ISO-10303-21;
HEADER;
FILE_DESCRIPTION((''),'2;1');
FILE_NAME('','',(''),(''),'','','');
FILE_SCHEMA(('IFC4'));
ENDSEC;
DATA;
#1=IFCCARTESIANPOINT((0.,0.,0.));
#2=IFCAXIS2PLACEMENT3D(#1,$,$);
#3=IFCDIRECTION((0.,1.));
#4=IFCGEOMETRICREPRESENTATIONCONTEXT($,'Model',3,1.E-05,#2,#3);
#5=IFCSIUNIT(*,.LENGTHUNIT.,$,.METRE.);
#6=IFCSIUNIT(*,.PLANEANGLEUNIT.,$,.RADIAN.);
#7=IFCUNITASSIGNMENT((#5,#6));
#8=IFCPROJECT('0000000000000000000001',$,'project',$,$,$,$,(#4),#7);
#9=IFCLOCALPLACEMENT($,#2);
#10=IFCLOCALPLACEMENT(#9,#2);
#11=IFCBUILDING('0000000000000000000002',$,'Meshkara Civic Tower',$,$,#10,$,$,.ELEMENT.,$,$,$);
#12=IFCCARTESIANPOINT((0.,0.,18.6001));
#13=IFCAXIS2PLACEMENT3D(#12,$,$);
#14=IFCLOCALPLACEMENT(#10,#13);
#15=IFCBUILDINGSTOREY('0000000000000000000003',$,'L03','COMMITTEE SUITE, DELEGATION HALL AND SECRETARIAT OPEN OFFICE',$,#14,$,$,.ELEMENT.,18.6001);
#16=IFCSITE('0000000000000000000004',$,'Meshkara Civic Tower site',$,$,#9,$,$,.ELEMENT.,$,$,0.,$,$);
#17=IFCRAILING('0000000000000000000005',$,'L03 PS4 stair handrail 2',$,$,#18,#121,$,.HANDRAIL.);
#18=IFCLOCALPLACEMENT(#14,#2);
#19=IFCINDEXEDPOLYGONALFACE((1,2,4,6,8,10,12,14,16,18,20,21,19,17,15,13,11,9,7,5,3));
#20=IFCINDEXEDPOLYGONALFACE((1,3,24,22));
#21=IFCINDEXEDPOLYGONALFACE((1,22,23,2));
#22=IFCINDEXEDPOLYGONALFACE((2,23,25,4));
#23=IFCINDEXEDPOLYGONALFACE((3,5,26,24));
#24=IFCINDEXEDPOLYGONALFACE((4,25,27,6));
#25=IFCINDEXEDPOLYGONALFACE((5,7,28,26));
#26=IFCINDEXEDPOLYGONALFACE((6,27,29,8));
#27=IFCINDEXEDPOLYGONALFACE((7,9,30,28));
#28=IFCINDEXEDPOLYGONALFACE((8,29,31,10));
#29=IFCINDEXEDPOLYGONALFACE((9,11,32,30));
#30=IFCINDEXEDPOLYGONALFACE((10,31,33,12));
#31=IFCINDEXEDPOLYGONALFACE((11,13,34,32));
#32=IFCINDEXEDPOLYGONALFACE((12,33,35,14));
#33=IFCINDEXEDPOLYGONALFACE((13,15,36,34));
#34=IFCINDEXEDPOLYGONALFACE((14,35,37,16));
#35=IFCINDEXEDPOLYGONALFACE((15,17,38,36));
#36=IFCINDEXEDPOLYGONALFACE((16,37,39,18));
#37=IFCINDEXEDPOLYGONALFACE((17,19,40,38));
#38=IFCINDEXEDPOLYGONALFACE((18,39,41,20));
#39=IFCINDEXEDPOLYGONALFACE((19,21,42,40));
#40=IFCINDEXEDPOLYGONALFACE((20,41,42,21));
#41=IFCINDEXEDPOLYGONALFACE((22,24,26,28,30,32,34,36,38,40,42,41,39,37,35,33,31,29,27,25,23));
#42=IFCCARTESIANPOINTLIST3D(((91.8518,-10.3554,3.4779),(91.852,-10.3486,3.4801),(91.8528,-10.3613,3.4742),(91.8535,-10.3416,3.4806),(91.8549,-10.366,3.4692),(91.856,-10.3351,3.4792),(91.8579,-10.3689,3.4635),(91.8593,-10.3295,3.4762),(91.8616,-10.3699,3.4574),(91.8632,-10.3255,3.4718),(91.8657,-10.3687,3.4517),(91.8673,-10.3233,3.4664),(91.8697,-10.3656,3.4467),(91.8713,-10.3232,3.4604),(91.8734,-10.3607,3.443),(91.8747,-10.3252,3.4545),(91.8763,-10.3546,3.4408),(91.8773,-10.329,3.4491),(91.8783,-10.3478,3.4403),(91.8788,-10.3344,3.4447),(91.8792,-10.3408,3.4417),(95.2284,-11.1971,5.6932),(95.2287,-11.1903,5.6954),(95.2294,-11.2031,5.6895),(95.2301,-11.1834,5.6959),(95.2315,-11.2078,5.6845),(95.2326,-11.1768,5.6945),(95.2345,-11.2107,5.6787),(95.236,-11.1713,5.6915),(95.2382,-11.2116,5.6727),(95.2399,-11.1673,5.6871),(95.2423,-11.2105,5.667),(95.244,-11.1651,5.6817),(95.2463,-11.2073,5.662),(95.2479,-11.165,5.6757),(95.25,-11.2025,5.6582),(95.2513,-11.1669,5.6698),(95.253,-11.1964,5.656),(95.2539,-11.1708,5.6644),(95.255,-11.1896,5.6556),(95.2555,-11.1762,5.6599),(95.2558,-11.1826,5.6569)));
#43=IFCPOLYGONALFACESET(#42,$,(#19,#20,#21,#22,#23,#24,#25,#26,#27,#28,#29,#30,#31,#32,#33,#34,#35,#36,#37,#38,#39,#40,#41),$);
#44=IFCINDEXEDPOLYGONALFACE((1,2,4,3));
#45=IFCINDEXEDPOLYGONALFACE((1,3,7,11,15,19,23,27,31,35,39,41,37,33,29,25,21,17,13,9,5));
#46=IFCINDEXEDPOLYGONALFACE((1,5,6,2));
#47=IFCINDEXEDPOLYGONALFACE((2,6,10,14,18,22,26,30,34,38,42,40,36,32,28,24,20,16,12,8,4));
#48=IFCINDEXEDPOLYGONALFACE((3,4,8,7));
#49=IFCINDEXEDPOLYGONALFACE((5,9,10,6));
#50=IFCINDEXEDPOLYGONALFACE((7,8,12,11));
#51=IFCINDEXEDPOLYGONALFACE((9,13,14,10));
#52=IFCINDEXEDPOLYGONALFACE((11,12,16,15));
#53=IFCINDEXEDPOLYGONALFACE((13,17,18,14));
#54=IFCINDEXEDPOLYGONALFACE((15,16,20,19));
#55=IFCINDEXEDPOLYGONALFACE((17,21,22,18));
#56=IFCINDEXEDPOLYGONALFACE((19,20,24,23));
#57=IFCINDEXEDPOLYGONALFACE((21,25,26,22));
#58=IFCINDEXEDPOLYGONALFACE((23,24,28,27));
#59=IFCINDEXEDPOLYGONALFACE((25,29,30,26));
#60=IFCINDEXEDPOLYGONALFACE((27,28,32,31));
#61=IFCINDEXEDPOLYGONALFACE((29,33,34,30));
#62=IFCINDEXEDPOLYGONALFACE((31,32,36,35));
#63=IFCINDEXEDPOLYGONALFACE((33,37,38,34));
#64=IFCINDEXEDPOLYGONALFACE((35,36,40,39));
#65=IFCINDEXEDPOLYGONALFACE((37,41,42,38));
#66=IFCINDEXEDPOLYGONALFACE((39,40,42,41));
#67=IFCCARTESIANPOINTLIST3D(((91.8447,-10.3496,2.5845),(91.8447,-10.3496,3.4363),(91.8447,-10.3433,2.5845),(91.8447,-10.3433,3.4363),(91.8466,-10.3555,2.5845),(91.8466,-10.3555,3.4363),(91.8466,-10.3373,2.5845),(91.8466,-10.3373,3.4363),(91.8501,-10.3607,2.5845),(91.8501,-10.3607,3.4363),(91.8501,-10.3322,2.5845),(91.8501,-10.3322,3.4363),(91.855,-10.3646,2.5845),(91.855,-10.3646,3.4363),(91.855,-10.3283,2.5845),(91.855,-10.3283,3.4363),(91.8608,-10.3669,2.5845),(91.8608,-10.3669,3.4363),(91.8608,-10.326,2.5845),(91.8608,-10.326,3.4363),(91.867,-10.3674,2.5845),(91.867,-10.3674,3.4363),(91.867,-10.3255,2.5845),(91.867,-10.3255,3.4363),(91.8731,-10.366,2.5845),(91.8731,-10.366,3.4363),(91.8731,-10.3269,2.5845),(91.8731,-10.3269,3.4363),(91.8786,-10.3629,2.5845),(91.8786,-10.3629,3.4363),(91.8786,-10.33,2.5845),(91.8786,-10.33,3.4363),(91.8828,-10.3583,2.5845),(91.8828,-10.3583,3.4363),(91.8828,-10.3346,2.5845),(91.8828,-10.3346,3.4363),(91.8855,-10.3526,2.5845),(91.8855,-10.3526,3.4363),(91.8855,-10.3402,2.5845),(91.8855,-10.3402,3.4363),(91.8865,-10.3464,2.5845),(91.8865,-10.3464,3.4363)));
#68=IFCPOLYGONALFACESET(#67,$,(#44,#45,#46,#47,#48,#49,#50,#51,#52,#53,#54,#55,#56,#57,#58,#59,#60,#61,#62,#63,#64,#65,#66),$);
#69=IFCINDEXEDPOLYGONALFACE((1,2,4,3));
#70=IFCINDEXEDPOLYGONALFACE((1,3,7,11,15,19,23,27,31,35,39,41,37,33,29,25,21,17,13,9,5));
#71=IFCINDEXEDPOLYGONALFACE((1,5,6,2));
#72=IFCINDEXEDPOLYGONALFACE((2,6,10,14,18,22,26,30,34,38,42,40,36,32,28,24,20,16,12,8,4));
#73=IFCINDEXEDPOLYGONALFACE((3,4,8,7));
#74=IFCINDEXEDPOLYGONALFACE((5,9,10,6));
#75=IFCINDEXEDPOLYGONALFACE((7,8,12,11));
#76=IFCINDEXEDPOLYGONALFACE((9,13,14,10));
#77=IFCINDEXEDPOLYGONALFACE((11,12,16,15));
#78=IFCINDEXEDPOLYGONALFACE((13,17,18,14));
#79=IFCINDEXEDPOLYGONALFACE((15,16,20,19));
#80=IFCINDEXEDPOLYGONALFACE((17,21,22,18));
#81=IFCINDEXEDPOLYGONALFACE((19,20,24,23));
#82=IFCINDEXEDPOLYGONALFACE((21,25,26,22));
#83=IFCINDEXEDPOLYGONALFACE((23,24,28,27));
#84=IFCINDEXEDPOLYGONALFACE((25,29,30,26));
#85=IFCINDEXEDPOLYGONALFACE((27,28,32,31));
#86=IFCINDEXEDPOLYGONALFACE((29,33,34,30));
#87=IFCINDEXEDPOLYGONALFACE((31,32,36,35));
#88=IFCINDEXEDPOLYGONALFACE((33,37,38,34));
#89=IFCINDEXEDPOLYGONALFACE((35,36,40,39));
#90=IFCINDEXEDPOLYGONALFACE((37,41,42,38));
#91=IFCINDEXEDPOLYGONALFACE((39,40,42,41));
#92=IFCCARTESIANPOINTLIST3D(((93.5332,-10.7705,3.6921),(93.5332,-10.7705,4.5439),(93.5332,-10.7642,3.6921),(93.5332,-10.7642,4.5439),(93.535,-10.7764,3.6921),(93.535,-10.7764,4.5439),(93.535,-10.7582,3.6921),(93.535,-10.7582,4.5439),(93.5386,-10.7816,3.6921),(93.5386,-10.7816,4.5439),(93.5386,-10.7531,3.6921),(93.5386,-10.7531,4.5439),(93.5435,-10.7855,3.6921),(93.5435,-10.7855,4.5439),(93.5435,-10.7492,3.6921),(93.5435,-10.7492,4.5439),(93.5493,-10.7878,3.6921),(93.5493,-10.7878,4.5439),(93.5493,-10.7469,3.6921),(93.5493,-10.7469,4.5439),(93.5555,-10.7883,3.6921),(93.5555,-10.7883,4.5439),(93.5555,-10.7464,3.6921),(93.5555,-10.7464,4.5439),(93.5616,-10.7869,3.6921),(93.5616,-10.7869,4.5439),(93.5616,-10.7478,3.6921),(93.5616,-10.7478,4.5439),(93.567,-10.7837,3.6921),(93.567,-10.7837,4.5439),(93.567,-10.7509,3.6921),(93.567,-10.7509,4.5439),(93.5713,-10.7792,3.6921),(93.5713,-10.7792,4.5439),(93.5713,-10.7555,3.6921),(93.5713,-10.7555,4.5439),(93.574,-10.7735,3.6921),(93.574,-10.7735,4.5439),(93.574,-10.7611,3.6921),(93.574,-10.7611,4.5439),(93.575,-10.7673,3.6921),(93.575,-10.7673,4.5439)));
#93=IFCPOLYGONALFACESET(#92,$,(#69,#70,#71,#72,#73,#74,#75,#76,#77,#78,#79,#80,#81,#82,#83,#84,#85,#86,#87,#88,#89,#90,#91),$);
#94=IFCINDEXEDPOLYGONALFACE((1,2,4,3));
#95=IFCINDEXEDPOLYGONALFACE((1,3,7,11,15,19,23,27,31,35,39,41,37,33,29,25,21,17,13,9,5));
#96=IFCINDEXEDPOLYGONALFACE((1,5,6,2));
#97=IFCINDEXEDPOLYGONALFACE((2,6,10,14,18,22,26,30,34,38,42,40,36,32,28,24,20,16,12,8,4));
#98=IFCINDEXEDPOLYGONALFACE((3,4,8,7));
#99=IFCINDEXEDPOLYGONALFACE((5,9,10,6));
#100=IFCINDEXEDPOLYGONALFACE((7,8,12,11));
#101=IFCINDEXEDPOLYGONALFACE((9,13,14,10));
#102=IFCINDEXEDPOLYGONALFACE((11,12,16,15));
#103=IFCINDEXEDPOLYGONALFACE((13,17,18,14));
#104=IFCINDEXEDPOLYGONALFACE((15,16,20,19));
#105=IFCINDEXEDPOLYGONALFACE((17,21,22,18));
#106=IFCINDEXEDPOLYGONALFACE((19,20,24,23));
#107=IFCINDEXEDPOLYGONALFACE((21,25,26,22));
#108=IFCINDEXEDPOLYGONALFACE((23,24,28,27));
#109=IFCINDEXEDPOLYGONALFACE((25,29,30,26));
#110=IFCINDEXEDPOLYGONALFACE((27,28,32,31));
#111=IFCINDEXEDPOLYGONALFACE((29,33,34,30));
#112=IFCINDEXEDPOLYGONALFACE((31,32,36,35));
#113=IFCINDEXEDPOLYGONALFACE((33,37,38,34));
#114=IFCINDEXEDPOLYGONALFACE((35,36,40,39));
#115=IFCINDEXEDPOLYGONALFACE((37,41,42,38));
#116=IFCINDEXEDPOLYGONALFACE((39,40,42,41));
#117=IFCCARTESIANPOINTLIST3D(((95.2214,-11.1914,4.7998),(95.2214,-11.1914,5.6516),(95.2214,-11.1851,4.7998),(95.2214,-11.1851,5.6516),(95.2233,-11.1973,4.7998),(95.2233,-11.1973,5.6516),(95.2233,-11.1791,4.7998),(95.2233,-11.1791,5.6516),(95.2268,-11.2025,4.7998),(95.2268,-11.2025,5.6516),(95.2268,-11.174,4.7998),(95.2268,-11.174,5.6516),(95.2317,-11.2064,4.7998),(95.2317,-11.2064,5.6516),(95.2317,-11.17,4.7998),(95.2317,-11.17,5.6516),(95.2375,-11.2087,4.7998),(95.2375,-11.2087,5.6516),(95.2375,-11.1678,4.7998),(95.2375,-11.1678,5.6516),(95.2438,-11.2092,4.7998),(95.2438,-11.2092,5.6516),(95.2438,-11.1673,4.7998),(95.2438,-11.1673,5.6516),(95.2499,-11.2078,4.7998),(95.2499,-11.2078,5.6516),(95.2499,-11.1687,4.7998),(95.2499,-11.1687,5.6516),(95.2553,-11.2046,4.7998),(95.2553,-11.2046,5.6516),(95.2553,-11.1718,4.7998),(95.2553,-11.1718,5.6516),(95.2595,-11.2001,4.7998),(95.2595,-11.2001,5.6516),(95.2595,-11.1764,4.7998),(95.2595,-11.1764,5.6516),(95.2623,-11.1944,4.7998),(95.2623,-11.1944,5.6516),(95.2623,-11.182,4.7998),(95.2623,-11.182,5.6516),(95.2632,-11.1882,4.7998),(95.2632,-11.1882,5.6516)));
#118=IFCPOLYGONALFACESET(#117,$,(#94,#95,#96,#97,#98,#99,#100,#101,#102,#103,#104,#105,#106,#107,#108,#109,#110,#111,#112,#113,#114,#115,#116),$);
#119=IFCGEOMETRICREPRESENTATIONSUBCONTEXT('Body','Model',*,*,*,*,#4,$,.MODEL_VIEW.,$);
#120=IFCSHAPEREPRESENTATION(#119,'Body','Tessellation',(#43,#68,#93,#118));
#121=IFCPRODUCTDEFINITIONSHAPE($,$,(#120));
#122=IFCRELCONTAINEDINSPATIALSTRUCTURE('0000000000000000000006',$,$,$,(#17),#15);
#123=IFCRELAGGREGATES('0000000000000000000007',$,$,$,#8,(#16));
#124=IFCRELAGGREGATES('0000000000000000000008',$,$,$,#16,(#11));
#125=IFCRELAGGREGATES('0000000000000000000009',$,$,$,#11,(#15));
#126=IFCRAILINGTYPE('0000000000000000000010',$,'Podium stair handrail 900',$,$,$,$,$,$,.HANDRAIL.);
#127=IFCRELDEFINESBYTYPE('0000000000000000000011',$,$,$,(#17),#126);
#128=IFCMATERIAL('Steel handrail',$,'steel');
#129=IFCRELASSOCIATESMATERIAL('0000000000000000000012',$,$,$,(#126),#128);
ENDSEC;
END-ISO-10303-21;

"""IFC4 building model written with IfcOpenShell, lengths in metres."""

from ifc_helpers import new_model, si_unit, direction, frame, origin, origin_2d, place, context, subcontext, project, spatial, circle, extrude, material, type_object, element, save


model = new_model("IFC4")

# Units and contexts
model_context = context("Model", 3, precision=1e-05, world=origin(), true_north=direction((0.0, 1.0)))
body_context = subcontext(model_context, "Body", "Model", "MODEL_VIEW")
ifc_project = project(units=[si_unit("LENGTHUNIT", "METRE"), si_unit("PLANEANGLEUNIT", "RADIAN")], contexts=[model_context])

# Site, building, storey
site_placement = place(None, origin())
site = spatial("IfcSite", under=ifc_project, at=site_placement, Name="Meshkara Civic Tower site", CompositionType="ELEMENT", RefElevation=0.0)
building_placement = place(site_placement, origin())
building = spatial("IfcBuilding", under=site, at=building_placement, Name="Meshkara Civic Tower", CompositionType="ELEMENT")
storey_placement = place(building_placement, frame((0.0, 0.0, 18.6001)))
storey = spatial("IfcBuildingStorey", under=building, at=storey_placement, Name="L03", Description="COMMITTEE SUITE, DELEGATION HALL AND SECRETARIAT OPEN OFFICE", CompositionType="ELEMENT", Elevation=18.6001)

# Railing
ifc_material_1 = material(Name="Steel handrail", Category="steel")
railing_type_1 = type_object("IfcRailingType", Name="Podium stair handrail 900", PredefinedType="HANDRAIL", material=ifc_material_1)
railing_1_placement = place(storey_placement, frame((91.8655, -10.3464, 2.5845)))
element("IfcRailing", 1, at=railing_1_placement, inside=storey, type_object=railing_type_1, Name="L03 PS4 stair handrail 2", PredefinedType="HANDRAIL", context=body_context, shape_type="SweptSolid", body=[
    extrude(circle(Radius=0.0239, at=origin_2d()), frame((0.0, 0.0, 0.876), z_axis=(0.818527, -0.204055, 0.537005), x_axis=(0.241892, 0.970303, 0.0)), (0.0, 0.0, 1.0), 4.1252),
    extrude(circle(Radius=0.021, at=origin_2d()), origin(), (0.0, 0.0, 1.0), 0.8518),
    extrude(circle(Radius=0.021, at=origin_2d()), frame((1.6885, -0.4209, 1.1077)), (0.0, 0.0, 1.0), 0.8518),
    extrude(circle(Radius=0.021, at=origin_2d()), frame((3.3767, -0.8418, 2.2153)), (0.0, 0.0, 1.0), 0.8518),
])

save(model, "model.ifc")
